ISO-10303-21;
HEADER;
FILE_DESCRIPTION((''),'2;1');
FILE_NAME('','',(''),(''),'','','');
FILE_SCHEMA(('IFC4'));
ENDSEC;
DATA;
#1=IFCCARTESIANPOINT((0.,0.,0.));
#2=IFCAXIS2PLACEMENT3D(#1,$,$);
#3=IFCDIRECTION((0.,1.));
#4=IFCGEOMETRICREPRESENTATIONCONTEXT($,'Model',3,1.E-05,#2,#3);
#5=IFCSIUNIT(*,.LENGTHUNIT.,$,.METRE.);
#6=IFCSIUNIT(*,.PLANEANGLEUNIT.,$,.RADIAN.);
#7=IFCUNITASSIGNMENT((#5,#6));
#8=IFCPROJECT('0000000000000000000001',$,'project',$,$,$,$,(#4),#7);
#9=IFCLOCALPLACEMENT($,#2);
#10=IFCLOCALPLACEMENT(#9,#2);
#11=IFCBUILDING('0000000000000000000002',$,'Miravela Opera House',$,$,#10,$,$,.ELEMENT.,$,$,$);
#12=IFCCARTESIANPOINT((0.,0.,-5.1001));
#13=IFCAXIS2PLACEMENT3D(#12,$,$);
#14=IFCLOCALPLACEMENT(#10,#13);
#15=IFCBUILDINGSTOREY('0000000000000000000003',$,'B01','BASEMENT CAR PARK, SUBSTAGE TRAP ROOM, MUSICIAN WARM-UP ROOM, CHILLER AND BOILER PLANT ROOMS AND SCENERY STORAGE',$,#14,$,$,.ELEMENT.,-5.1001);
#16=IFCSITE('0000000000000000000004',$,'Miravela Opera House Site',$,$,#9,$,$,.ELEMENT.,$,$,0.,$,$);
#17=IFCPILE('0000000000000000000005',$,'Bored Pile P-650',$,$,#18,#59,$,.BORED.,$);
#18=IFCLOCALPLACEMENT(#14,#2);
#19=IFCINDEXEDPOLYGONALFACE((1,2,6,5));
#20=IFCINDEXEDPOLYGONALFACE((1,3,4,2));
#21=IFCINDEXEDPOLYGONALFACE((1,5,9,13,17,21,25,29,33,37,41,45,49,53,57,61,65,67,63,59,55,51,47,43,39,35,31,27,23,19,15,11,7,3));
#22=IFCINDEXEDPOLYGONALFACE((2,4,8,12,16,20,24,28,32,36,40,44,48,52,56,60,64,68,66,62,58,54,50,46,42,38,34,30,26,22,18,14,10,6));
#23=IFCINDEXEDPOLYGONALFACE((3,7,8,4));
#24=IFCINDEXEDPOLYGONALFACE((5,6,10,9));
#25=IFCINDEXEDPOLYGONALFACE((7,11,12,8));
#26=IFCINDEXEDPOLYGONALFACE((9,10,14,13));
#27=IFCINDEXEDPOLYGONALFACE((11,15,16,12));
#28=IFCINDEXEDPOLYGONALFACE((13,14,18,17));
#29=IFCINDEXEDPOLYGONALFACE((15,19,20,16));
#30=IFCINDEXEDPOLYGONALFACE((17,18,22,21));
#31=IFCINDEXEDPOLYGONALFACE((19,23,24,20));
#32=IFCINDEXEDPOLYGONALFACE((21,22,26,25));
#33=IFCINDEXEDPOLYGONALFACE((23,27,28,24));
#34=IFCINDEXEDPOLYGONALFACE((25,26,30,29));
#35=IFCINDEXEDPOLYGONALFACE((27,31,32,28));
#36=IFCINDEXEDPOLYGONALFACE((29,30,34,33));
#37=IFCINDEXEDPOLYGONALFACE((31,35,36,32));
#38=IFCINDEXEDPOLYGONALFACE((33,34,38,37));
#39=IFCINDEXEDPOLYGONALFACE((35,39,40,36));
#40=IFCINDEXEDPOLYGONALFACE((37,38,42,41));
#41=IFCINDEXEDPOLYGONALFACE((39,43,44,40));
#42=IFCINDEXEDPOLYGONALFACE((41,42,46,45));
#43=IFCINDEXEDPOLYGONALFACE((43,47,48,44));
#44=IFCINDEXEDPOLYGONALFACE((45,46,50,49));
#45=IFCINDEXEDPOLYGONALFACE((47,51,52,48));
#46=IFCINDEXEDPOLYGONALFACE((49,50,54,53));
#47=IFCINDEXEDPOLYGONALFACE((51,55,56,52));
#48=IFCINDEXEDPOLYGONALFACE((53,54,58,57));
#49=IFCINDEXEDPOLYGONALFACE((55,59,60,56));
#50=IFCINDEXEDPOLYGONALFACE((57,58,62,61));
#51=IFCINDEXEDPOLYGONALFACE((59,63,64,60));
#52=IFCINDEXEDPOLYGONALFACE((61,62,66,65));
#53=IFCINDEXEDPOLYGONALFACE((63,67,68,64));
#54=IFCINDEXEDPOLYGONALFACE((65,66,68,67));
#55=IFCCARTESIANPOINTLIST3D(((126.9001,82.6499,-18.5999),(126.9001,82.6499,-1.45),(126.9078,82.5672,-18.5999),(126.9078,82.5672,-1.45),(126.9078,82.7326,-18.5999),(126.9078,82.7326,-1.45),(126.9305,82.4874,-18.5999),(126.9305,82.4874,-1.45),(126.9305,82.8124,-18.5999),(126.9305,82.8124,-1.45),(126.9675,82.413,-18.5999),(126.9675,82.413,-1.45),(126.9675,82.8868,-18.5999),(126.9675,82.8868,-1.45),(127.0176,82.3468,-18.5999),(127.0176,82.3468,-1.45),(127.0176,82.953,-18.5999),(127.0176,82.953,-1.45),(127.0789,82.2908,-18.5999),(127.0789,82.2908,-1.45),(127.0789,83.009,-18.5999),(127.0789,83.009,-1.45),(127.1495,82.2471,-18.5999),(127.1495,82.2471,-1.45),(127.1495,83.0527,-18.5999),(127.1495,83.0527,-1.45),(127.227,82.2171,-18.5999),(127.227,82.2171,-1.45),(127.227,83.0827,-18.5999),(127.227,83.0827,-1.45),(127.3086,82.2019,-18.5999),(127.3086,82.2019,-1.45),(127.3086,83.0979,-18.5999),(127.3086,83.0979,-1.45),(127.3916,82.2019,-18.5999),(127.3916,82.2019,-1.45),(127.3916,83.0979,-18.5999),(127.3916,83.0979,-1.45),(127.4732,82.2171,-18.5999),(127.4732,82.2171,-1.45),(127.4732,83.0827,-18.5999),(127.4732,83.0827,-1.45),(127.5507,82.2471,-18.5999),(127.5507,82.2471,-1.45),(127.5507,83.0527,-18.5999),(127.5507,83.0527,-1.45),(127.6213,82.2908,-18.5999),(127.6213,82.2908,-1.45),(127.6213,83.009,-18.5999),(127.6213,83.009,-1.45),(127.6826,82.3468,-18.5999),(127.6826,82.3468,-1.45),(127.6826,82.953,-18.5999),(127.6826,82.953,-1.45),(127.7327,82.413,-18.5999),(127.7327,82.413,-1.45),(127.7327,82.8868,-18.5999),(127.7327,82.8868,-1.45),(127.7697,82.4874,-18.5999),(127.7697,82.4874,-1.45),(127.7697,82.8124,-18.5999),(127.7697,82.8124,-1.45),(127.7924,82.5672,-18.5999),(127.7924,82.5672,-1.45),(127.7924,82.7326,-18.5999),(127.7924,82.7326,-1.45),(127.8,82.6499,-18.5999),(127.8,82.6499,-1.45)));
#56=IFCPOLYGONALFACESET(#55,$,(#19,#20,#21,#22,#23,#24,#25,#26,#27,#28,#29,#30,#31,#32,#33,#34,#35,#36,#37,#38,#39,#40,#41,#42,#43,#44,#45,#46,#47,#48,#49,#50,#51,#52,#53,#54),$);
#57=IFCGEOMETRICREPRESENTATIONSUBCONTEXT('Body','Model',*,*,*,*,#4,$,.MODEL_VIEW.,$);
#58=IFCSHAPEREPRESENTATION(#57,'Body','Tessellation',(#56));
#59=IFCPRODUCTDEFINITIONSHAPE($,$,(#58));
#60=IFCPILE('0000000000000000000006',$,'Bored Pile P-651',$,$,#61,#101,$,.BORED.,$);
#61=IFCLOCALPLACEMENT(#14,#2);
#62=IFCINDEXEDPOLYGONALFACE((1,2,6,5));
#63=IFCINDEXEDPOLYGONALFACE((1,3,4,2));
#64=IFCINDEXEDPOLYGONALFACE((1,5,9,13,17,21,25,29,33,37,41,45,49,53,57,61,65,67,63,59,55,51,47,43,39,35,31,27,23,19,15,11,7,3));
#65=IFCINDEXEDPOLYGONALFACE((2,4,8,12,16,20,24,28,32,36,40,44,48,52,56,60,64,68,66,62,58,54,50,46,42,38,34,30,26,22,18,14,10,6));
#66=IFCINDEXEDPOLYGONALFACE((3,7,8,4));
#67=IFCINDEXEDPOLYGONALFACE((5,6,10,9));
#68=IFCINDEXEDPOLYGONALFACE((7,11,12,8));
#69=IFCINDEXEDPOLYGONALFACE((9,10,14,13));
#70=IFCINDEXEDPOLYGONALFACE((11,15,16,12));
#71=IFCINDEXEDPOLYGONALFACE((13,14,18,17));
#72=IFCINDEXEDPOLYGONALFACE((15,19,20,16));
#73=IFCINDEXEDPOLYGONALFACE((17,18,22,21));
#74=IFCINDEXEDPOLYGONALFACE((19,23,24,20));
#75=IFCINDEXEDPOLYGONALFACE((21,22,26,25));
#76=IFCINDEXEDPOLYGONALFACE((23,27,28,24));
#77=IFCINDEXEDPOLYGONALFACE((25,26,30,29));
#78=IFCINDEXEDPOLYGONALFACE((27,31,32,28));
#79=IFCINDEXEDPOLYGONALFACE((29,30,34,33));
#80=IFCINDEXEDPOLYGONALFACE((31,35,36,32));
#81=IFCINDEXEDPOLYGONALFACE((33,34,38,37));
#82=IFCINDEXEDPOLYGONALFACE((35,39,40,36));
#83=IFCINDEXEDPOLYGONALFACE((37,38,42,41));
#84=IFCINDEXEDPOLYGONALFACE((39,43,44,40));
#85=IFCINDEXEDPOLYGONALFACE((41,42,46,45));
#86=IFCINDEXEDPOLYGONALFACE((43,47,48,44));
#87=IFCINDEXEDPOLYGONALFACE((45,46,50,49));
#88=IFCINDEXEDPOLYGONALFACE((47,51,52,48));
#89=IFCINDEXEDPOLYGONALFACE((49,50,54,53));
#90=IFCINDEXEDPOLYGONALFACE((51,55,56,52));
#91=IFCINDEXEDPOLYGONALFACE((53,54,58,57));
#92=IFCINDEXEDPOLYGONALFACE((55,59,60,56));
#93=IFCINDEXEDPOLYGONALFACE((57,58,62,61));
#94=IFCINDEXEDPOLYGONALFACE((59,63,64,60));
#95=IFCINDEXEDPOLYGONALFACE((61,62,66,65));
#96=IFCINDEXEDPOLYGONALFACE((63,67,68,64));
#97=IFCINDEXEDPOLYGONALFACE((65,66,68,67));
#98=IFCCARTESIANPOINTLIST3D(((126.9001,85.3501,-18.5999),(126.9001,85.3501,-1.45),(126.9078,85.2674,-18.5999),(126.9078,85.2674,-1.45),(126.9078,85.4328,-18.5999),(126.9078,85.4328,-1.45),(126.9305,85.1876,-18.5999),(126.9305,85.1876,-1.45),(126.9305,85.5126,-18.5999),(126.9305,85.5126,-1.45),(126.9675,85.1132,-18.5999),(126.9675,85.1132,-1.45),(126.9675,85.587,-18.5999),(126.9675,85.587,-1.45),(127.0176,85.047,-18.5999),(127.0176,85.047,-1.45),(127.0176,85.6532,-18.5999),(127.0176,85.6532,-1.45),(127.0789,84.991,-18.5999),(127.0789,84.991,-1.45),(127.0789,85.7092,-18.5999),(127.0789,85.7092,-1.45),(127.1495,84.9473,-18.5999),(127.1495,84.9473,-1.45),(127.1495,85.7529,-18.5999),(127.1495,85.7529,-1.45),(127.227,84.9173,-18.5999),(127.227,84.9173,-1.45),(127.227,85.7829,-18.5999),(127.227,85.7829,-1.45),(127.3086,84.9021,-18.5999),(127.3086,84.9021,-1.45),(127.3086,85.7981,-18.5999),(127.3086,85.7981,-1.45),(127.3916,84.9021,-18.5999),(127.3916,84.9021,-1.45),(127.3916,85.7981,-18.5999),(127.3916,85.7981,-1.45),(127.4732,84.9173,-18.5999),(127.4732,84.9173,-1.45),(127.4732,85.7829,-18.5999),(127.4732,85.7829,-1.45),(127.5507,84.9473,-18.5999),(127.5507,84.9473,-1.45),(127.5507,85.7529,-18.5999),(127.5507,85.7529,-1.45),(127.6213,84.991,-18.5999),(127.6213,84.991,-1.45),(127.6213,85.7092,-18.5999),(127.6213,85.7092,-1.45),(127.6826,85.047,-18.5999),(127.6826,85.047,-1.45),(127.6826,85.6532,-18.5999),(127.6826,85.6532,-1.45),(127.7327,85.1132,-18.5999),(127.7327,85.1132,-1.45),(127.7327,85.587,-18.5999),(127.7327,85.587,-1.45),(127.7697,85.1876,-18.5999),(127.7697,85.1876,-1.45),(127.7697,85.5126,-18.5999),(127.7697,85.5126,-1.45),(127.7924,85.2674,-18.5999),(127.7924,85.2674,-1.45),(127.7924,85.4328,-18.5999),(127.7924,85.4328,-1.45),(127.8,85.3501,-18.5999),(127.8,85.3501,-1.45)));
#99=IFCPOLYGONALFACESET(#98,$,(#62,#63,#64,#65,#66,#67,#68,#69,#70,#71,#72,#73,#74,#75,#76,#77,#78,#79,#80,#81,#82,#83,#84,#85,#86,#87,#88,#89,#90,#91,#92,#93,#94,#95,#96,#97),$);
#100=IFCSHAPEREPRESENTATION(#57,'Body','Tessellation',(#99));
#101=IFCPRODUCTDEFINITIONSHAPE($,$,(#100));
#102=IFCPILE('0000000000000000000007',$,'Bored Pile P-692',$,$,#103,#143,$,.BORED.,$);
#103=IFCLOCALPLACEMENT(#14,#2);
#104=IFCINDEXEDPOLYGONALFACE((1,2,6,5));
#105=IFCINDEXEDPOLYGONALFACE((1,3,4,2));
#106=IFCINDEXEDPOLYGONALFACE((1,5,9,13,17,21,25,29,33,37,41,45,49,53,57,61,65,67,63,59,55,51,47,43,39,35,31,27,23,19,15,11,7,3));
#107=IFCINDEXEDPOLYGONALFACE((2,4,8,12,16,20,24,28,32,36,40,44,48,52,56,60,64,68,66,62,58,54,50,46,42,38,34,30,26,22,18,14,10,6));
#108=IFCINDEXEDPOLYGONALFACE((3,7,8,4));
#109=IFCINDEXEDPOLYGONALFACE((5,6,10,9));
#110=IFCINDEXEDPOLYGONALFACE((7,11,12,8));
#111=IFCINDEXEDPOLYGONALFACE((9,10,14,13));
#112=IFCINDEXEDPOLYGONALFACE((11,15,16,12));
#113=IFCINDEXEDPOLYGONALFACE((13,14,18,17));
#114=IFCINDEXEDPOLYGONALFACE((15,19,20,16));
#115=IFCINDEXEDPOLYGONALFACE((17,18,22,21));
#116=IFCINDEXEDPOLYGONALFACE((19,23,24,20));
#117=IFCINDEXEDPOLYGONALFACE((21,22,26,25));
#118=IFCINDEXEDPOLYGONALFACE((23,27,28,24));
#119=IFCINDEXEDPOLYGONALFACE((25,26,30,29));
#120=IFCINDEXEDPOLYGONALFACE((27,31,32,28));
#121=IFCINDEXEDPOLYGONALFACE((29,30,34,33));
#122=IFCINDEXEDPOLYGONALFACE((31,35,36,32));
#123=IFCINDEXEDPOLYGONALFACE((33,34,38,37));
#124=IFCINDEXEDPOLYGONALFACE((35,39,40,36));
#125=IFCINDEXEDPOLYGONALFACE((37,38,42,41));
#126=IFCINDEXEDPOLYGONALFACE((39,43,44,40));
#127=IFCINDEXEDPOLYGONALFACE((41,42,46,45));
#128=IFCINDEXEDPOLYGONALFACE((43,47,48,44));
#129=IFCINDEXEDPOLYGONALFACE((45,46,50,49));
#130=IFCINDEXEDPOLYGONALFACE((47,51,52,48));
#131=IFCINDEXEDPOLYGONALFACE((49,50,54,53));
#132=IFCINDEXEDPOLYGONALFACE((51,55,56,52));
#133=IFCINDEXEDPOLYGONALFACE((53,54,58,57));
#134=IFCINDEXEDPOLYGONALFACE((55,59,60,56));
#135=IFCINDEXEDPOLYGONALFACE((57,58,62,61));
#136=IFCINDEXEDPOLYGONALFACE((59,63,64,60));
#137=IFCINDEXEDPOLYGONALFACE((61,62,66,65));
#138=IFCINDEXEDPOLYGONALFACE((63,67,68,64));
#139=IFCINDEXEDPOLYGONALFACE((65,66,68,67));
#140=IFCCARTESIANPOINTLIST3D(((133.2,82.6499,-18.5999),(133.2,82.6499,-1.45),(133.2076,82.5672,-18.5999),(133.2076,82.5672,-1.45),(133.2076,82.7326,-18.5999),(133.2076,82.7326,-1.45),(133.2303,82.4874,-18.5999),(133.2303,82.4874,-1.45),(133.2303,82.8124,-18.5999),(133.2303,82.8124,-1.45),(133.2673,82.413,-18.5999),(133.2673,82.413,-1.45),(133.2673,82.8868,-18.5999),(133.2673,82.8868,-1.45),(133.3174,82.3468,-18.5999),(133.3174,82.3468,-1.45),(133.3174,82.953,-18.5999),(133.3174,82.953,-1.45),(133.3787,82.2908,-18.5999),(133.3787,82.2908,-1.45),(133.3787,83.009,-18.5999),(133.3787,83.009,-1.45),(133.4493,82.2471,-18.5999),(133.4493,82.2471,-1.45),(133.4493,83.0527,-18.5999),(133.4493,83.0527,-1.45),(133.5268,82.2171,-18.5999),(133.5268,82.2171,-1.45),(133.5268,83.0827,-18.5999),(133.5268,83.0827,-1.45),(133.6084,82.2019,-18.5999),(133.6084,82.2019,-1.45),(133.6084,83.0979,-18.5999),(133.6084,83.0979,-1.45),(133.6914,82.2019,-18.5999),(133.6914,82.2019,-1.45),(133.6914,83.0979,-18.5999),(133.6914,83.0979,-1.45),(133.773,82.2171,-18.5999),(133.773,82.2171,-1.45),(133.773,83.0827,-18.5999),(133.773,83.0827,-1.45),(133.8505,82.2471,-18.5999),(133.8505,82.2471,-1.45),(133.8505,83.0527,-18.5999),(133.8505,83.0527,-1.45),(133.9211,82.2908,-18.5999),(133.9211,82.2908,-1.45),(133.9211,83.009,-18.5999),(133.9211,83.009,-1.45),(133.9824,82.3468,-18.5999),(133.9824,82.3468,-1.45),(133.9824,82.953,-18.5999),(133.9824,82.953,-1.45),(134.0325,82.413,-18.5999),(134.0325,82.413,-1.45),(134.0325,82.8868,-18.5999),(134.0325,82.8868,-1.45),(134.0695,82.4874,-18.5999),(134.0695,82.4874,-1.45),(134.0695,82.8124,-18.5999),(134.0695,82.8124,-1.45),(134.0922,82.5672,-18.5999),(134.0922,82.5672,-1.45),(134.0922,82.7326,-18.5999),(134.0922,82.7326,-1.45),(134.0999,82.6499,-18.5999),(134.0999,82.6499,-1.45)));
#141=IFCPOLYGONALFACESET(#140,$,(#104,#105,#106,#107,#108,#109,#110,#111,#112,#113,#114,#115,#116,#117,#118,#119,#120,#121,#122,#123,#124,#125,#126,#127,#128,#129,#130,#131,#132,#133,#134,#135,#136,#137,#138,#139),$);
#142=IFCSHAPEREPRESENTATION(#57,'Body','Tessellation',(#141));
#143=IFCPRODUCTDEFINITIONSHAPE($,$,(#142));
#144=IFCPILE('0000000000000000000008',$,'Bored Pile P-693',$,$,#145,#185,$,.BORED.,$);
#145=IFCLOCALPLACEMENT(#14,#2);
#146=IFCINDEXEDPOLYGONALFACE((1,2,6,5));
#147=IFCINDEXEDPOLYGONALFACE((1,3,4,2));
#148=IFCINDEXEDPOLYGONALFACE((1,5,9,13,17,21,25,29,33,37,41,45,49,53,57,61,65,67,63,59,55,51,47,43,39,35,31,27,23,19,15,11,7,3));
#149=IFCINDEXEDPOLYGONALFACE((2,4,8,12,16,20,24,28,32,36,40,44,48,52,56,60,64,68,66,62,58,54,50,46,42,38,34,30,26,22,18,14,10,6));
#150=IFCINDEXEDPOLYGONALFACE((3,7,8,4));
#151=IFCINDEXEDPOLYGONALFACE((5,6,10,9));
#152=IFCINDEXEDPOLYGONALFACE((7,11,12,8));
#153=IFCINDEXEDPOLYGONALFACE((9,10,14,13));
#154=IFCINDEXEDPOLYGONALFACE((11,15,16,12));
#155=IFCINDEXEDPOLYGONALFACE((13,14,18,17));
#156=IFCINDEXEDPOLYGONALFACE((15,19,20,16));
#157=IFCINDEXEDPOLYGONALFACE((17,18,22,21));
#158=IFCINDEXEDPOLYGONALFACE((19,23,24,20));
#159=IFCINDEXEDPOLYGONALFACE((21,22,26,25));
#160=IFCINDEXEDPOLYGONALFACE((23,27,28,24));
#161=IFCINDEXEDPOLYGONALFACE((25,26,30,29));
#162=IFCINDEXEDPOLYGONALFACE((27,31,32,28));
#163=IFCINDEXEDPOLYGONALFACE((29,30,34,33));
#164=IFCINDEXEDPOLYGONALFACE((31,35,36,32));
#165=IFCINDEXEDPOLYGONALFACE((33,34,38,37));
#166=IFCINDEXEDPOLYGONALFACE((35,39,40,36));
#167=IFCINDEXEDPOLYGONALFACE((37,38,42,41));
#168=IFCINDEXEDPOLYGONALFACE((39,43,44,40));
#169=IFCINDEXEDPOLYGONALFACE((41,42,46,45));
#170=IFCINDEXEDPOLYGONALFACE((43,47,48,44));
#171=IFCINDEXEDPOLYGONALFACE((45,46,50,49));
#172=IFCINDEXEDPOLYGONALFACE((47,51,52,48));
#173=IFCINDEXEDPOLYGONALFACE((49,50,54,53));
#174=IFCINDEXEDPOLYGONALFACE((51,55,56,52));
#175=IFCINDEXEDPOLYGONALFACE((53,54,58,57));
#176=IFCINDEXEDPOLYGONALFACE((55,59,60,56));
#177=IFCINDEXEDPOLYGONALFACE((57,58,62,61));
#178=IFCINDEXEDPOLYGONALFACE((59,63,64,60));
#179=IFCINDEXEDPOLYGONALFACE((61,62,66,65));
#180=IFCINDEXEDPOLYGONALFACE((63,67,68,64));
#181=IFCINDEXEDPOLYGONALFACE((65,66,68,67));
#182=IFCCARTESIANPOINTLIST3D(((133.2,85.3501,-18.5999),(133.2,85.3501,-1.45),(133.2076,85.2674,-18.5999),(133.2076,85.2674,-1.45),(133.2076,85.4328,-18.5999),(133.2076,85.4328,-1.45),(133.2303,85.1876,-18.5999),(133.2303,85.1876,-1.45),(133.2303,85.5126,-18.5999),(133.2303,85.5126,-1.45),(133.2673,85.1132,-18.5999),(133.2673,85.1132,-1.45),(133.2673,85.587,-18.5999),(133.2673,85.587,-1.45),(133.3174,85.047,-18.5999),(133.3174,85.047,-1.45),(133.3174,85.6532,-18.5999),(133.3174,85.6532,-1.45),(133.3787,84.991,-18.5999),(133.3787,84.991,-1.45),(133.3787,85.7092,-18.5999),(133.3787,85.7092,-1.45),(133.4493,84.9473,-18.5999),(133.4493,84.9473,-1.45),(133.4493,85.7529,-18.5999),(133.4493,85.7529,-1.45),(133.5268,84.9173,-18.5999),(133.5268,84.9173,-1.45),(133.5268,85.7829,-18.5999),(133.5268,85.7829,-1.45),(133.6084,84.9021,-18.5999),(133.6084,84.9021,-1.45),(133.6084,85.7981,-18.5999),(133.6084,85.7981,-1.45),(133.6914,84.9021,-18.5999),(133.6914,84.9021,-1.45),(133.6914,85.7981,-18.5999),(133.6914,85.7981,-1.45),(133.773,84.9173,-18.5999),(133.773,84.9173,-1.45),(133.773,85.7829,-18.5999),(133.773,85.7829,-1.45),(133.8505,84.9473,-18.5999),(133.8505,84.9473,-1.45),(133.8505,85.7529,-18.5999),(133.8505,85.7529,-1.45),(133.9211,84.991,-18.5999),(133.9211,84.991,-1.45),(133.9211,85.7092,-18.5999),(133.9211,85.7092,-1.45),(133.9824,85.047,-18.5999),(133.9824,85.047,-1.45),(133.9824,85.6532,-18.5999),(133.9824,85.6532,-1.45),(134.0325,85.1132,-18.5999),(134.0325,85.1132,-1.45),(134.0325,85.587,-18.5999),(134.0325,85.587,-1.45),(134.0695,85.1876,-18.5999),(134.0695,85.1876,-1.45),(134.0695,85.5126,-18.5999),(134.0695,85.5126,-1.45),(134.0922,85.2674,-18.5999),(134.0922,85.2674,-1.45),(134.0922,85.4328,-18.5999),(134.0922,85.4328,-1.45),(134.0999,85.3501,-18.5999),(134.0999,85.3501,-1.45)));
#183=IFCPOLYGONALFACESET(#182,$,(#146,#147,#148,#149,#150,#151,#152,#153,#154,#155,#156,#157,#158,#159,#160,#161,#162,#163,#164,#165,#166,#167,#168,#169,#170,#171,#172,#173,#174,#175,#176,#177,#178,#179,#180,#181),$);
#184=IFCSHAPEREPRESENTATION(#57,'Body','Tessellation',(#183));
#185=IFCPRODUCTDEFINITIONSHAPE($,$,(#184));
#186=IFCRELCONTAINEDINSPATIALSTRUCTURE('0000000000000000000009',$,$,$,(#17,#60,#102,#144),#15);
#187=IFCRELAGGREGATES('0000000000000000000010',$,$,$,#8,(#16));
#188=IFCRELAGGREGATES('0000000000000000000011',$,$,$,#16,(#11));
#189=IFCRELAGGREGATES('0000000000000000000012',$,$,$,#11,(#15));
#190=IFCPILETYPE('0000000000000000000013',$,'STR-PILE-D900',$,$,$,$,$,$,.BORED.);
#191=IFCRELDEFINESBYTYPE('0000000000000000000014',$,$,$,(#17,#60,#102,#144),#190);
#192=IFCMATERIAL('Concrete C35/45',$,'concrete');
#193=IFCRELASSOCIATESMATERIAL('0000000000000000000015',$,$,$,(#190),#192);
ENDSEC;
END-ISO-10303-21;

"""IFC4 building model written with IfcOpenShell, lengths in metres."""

from ifc_helpers import new_model, si_unit, direction, frame, origin, origin_2d, place, context, subcontext, project, spatial, circle, extrude, material, material_profile, profile_set, type_object, element, save


model = new_model("IFC4")

# Units and contexts
model_context = context("Model", 3, precision=1e-05, world=origin(), true_north=direction((0.0, 1.0)))
body_context = subcontext(model_context, "Body", "Model", "MODEL_VIEW")
ifc_project = project(units=[si_unit("LENGTHUNIT", "METRE"), si_unit("PLANEANGLEUNIT", "RADIAN")], contexts=[model_context])

# Site, building, storey
site_placement = place(None, origin())
site = spatial("IfcSite", under=ifc_project, at=site_placement, Name="Miravela Opera House Site", CompositionType="ELEMENT", RefElevation=0.0)
building_placement = place(site_placement, origin())
building = spatial("IfcBuilding", under=site, at=building_placement, Name="Miravela Opera House", CompositionType="ELEMENT")
storey_placement = place(building_placement, frame((0.0, 0.0, -5.1001)))
storey = spatial("IfcBuildingStorey", under=building, at=storey_placement, Name="B01", Description="BASEMENT CAR PARK, SUBSTAGE TRAP ROOM, MUSICIAN WARM-UP ROOM, CHILLER AND BOILER PLANT ROOMS AND SCENERY STORAGE", CompositionType="ELEMENT", Elevation=-5.1001)

# Shared definitions
ifc_material_1 = material(Name="Concrete C35/45", Category="concrete")

# Piles
ifc_material_profile_1 = material_profile(ifc_material_1, circle(Radius=0.45, at=origin_2d()), Name="PILE-D900")
ifc_profile_set_1 = profile_set([ifc_material_profile_1])
pile_type_1 = type_object("IfcPileType", Name="STR-PILE-D900", PredefinedType="BORED", material=ifc_profile_set_1)
for number, where, z_axis, x_axis, name in (
    (1, (127.3501, 82.6499, -1.45), (0.0, 0.0, -1.0), (1.0, 0.0, 0.0), "Bored Pile P-650"),
    (2, (127.3501, 85.3501, -1.45), (0.0, 0.0, -1.0), (1.0, 0.0, 0.0), "Bored Pile P-651"),
    (3, (133.6499, 82.6499, -1.45), (0.0, 0.0, -1.0), (1.0, 0.0, 0.0), "Bored Pile P-692"),
    (4, (133.6499, 85.3501, -1.45), (0.0, 0.0, -1.0), (1.0, 0.0, 0.0), "Bored Pile P-693"),
):
    element("IfcPile", number, at=place(storey_placement, frame(where, z_axis=z_axis, x_axis=x_axis)), inside=storey, type_object=pile_type_1, Name=name, PredefinedType="BORED", context=body_context, shape_type="SweptSolid", body=[
        extrude(circle(Radius=0.45, at=origin_2d()), origin(), (0.0, 0.0, 1.0), 17.1499),
    ])

save(model, "model.ifc")
